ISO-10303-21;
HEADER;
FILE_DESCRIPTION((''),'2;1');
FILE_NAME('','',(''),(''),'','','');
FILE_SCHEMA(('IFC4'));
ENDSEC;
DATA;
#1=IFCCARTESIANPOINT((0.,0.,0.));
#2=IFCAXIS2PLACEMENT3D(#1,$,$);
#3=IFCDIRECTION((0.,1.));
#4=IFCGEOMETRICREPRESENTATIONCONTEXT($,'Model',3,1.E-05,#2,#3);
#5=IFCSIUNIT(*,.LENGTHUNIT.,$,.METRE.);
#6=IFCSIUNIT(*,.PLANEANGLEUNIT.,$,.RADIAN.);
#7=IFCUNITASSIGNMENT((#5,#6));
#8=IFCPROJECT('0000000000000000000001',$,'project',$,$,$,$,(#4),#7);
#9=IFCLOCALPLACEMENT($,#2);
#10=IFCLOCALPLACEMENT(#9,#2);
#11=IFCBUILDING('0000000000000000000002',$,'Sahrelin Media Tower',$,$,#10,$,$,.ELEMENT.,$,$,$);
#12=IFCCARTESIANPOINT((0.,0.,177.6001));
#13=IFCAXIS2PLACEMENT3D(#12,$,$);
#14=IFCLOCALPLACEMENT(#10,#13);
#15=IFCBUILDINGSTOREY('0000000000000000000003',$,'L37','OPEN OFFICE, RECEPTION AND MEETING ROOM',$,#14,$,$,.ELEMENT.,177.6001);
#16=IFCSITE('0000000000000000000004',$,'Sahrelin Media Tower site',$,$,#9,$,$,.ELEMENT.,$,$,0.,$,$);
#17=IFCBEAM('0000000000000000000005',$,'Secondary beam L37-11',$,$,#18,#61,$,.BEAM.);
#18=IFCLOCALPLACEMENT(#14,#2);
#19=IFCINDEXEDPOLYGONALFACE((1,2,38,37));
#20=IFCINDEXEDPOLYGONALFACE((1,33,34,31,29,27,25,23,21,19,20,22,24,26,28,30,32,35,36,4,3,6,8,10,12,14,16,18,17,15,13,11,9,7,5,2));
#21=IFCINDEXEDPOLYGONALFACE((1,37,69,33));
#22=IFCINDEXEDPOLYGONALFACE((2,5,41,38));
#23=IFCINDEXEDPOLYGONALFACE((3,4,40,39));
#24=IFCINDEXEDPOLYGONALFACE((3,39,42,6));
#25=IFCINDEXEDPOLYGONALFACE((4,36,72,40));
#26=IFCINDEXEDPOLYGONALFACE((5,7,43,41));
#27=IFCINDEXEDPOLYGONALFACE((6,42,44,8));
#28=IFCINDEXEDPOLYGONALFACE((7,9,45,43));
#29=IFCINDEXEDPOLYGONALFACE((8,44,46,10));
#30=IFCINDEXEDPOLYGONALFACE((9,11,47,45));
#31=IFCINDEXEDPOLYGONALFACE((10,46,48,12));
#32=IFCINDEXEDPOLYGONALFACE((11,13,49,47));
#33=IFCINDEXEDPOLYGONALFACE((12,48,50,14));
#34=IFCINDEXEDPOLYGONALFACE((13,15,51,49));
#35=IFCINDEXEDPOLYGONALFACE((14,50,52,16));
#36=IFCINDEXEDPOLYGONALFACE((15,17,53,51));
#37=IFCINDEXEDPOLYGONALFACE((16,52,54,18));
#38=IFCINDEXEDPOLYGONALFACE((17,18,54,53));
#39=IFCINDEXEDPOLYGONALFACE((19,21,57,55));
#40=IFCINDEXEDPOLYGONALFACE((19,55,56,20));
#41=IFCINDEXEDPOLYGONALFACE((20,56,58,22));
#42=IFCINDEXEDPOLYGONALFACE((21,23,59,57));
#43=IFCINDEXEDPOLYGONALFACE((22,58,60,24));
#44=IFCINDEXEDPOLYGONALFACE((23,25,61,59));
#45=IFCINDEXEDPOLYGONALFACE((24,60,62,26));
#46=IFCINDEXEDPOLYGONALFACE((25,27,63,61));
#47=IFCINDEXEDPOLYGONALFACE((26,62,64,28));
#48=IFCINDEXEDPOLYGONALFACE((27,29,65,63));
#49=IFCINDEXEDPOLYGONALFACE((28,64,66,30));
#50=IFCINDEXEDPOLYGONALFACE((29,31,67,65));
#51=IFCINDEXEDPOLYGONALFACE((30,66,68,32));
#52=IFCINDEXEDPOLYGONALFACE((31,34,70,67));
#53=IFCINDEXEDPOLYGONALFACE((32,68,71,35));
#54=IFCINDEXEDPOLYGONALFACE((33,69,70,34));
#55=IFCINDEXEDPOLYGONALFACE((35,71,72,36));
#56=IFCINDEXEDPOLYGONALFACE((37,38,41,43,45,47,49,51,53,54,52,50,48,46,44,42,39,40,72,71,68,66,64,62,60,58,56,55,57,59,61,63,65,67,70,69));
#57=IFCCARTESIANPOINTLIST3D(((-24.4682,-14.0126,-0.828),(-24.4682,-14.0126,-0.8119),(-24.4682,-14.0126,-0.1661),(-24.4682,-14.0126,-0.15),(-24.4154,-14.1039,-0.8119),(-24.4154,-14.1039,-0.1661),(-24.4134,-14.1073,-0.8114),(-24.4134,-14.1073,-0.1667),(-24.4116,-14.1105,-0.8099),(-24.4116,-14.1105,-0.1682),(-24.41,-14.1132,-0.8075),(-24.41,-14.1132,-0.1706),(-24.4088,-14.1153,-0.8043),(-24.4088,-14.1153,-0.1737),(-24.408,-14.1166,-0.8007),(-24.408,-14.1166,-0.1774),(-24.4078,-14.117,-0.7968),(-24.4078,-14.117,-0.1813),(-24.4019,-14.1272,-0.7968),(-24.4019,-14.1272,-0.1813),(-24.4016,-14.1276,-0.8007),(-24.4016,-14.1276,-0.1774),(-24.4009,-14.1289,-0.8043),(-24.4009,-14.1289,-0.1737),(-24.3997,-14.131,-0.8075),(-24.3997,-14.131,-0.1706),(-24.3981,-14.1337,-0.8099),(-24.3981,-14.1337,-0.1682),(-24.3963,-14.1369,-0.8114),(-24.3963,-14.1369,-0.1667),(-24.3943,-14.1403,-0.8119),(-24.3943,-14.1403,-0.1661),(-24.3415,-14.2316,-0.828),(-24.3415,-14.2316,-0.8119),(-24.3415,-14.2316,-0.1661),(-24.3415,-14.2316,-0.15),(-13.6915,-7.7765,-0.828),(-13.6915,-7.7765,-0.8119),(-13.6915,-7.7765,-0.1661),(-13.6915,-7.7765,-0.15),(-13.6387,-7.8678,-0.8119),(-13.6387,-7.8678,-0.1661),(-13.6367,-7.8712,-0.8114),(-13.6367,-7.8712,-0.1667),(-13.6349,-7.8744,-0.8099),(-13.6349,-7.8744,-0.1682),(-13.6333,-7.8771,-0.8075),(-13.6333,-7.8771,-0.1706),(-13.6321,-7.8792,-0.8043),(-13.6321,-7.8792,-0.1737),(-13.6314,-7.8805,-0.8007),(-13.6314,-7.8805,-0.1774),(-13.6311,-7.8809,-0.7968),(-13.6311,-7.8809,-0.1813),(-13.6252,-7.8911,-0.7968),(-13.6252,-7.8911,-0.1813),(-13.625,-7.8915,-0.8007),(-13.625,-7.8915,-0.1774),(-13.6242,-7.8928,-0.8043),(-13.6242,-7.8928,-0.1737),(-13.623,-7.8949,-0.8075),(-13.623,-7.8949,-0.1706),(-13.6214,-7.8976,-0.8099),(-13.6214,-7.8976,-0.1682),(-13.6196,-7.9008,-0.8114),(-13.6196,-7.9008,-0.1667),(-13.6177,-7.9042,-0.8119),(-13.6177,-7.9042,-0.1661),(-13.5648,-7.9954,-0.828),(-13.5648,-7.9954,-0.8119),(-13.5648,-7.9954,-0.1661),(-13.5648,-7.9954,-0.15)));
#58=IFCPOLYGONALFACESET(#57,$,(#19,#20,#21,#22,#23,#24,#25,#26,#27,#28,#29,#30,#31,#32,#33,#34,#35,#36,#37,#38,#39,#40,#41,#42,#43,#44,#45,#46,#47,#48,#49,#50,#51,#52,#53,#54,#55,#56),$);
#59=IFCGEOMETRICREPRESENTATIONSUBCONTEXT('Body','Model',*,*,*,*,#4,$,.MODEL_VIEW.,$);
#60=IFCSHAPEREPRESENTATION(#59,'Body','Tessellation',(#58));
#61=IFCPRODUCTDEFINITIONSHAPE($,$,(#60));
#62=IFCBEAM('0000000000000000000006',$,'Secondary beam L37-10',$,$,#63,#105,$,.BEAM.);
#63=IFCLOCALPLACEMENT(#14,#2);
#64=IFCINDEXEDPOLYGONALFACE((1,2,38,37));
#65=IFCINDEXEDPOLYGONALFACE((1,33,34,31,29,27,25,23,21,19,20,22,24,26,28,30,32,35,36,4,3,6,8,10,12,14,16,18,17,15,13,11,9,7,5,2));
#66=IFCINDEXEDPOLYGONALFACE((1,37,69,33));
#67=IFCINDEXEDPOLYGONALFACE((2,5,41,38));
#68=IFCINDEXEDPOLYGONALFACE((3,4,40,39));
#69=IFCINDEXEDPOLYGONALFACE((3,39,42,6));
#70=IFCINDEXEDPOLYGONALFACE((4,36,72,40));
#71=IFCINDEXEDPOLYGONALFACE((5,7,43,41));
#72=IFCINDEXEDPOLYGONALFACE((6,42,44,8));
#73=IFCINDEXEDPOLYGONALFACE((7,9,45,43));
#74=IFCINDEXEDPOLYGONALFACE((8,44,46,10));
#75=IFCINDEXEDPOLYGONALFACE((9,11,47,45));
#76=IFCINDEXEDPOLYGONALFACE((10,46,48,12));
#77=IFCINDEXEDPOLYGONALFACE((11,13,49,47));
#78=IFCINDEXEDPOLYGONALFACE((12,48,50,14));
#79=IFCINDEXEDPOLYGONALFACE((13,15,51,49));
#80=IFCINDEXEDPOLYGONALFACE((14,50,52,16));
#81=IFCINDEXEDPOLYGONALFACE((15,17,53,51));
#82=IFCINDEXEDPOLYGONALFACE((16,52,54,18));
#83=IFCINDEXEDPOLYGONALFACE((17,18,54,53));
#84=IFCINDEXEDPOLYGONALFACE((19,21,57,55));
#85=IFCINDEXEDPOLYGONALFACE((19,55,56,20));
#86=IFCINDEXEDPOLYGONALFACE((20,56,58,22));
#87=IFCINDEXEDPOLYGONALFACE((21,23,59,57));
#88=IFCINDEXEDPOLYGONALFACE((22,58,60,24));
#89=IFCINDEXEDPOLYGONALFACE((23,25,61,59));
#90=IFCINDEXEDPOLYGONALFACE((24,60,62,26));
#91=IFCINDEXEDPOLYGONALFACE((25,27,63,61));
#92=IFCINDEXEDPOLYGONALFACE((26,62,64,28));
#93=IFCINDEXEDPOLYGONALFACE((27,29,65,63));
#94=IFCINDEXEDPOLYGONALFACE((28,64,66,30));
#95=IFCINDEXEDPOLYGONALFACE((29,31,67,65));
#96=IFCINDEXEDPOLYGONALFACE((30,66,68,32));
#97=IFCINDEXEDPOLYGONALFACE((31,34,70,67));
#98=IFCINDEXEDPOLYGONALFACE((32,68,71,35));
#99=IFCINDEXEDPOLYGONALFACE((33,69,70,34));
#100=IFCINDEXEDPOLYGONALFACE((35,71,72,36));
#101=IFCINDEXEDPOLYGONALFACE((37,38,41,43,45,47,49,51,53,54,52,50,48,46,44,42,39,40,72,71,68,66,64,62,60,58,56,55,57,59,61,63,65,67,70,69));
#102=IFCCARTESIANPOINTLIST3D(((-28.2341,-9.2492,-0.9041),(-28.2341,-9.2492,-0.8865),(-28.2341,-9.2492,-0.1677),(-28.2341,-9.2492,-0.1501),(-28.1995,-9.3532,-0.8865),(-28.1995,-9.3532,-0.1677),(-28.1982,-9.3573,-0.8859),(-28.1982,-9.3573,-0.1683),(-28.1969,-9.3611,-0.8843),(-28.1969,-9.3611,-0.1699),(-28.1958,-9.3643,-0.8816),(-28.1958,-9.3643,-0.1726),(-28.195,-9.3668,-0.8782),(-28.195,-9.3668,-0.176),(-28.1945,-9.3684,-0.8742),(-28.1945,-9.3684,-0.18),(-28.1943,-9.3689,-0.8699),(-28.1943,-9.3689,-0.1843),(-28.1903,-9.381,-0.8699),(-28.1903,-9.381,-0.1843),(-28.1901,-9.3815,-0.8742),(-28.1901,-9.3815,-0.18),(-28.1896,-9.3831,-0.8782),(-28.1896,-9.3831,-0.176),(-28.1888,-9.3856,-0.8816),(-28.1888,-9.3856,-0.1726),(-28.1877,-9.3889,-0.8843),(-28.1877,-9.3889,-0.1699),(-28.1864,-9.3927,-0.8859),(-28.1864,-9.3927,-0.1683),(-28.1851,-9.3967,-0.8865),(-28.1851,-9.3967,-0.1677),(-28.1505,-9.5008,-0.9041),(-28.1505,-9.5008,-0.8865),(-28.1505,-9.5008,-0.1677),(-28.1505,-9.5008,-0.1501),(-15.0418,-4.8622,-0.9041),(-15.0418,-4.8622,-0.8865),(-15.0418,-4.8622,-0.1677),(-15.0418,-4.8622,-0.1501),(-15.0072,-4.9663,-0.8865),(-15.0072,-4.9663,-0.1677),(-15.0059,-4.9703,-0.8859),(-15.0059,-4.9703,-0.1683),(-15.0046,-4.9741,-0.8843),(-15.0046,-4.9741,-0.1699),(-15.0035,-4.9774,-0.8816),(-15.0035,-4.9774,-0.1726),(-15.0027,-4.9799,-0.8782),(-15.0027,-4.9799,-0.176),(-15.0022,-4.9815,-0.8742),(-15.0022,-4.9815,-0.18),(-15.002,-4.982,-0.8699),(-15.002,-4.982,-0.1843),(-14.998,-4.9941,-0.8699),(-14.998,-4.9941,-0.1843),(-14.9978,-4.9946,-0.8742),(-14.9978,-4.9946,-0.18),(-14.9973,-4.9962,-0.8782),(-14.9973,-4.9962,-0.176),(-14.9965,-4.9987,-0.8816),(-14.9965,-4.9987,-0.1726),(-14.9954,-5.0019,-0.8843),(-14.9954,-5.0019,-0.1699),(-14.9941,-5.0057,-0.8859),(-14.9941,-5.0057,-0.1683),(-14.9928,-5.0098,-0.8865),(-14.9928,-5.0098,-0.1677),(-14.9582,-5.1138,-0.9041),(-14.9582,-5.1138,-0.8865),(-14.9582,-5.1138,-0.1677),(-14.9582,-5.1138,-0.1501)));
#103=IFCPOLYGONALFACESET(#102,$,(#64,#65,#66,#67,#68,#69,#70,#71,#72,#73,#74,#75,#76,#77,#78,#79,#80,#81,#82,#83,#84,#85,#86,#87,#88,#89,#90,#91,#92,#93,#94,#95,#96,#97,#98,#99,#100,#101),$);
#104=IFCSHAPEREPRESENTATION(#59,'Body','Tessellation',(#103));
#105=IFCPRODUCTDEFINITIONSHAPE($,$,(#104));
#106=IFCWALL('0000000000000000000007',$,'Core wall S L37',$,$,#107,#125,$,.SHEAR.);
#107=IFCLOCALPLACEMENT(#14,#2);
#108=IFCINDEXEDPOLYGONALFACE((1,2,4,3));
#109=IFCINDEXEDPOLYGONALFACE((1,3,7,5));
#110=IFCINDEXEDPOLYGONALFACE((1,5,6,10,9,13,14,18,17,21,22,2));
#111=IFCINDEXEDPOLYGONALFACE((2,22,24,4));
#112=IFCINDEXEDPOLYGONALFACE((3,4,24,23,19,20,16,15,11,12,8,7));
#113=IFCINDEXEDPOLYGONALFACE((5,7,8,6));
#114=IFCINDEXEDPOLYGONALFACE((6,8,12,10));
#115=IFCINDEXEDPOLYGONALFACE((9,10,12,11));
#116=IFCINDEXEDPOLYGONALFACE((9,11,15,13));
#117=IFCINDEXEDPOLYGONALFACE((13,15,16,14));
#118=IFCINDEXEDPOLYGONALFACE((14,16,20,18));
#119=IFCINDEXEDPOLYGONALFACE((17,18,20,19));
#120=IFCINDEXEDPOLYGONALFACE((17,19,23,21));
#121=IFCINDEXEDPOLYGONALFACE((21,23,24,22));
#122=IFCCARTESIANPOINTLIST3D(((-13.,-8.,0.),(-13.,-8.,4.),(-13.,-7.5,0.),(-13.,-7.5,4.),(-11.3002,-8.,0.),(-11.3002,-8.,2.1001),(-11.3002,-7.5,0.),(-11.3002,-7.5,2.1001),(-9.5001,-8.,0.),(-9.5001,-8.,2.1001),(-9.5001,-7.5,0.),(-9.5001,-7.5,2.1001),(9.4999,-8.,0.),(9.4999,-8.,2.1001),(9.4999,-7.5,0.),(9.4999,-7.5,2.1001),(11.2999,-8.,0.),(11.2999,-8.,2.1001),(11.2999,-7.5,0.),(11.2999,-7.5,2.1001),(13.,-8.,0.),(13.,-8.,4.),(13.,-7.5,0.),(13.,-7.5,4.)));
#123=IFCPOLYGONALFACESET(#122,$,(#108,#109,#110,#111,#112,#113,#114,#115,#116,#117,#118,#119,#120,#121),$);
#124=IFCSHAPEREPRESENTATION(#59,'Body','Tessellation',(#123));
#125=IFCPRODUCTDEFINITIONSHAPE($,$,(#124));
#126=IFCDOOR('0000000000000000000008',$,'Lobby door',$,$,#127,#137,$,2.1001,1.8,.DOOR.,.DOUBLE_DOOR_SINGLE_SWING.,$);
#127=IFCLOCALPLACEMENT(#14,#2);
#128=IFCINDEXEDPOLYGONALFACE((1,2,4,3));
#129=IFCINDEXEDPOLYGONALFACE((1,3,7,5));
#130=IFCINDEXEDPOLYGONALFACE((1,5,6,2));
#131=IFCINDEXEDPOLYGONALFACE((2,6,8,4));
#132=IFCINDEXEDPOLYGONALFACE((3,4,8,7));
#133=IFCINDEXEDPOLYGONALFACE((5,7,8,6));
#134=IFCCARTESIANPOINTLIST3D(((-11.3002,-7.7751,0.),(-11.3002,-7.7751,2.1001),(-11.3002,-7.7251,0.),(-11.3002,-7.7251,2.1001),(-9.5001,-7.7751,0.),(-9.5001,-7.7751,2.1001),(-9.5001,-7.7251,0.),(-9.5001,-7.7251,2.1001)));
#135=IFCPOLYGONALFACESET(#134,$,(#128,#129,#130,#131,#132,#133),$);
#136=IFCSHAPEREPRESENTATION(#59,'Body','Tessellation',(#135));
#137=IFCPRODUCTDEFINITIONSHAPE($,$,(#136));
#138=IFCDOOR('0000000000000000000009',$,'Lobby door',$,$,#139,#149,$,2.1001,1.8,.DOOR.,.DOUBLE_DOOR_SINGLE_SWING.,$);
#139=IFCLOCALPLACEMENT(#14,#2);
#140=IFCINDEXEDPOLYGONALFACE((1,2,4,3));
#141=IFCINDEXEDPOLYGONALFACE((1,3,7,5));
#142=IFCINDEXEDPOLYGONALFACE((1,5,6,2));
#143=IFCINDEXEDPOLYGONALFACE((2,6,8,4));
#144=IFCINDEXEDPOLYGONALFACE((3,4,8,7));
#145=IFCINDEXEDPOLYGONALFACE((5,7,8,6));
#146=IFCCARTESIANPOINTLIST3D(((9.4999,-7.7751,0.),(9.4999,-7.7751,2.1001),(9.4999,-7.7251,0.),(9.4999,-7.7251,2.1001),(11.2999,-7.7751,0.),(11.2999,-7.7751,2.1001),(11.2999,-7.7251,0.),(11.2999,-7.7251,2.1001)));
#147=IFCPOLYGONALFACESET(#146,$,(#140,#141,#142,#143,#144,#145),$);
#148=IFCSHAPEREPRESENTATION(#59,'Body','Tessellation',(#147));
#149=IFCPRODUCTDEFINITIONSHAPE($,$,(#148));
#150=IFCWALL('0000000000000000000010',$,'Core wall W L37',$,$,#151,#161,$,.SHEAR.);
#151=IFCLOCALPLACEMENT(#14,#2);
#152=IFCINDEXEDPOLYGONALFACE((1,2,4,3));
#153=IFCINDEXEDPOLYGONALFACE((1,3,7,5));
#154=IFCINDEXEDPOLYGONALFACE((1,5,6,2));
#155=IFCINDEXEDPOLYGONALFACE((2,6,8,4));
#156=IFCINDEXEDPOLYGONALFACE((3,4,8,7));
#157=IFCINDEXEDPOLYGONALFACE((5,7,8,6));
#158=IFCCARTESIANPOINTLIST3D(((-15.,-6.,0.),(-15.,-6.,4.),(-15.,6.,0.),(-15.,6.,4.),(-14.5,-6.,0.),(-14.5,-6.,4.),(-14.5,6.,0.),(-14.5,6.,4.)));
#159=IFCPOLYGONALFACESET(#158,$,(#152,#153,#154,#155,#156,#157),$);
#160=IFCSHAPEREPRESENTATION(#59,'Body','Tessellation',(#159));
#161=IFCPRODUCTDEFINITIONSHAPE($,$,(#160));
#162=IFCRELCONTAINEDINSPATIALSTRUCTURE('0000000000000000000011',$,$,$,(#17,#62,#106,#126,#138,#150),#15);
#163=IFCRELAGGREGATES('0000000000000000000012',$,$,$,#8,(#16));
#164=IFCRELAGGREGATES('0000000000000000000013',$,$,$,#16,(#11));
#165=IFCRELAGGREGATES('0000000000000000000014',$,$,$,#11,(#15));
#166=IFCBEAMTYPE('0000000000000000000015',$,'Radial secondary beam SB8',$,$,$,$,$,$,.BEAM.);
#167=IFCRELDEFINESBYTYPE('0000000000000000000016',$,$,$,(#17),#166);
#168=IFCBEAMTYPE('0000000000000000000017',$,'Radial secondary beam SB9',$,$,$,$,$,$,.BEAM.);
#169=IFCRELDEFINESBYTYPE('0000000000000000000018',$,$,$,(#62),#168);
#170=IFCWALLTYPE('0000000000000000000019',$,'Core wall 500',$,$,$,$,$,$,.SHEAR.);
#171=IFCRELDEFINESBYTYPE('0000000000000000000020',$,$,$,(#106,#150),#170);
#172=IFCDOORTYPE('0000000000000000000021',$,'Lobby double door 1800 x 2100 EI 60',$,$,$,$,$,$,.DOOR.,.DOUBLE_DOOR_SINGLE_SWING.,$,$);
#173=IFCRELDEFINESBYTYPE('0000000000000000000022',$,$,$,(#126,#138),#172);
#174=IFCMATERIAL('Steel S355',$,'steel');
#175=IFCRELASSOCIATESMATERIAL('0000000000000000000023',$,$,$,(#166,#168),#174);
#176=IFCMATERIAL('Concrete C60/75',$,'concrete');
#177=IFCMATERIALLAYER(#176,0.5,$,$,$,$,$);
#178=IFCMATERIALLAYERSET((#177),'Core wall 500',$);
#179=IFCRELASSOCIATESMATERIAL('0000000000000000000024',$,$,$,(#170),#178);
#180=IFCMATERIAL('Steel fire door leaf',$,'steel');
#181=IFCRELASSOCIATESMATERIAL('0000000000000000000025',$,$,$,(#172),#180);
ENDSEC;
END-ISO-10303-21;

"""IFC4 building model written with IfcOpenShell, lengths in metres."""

from ifc_helpers import new_model, si_unit, direction, frame, frame_2d, origin, origin_2d, place, context, subcontext, project, spatial, rectangle, i_section, extrude, material, layer, layer_set, material_profile, profile_set, type_object, element, fill, save


model = new_model("IFC4")

# Units and contexts
model_context = context("Model", 3, precision=1e-05, world=origin(), true_north=direction((0.0, 1.0)))
body_context = subcontext(model_context, "Body", "Model", "MODEL_VIEW")
ifc_project = project(units=[si_unit("LENGTHUNIT", "METRE"), si_unit("PLANEANGLEUNIT", "RADIAN")], contexts=[model_context])

# Site, building, storey
site_placement = place(None, origin())
site = spatial("IfcSite", under=ifc_project, at=site_placement, Name="Sahrelin Media Tower site", CompositionType="ELEMENT", RefElevation=0.0)
building_placement = place(site_placement, origin())
building = spatial("IfcBuilding", under=site, at=building_placement, Name="Sahrelin Media Tower", CompositionType="ELEMENT")
storey_placement = place(building_placement, frame((0.0, 0.0, 177.6001)))
storey = spatial("IfcBuildingStorey", under=building, at=storey_placement, Name="L37", Description="OPEN OFFICE, RECEPTION AND MEETING ROOM", CompositionType="ELEMENT", Elevation=177.6001)

# Beams
ifc_material_1 = material(Name="Steel S355", Category="steel")
ifc_material_profile_1 = material_profile(ifc_material_1, i_section(OverallWidth=0.2529, OverallDepth=0.678, WebThickness=0.0117, FlangeThickness=0.0161, FilletRadius=0.0151, at=origin_2d()), Name="UB 686x254x125")
ifc_profile_set_1 = profile_set([ifc_material_profile_1], Name="Steel S355")
beam_type_1 = type_object("IfcBeamType", Name="Radial secondary beam SB8", PredefinedType="BEAM", material=ifc_profile_set_1)
beam_1_placement = place(storey_placement, frame((-13.6282, -7.886, -0.489), z_axis=(-0.865531, -0.500855, 0.0), x_axis=(0.500855, -0.865531, 0.0)))
element("IfcBeam", 1, at=beam_1_placement, inside=storey, type_object=beam_type_1, Name="Secondary beam L37-11", PredefinedType="BEAM", context=body_context, shape_type="SweptSolid", body=[
    extrude(i_section(OverallWidth=0.2529, OverallDepth=0.678, WebThickness=0.0117, FlangeThickness=0.0161, FilletRadius=0.0151, at=origin_2d()), origin(), (0.0, 0.0, 1.0), 12.4509),
])
ifc_material_profile_2 = material_profile(ifc_material_1, i_section(OverallWidth=0.2651, OverallDepth=0.7539, WebThickness=0.0127, FlangeThickness=0.0176, FilletRadius=0.0166, at=origin_2d()), Name="UB 762x267x147")
ifc_profile_set_2 = profile_set([ifc_material_profile_2], Name="Steel S355")
beam_type_2 = type_object("IfcBeamType", Name="Radial secondary beam SB9", PredefinedType="BEAM", material=ifc_profile_set_2)
beam_2_placement = place(storey_placement, frame((-15.0, -4.988, -0.5271), z_axis=(-0.94891, -0.315548, 0.0), x_axis=(0.315548, -0.94891, 0.0)))
element("IfcBeam", 2, at=beam_2_placement, inside=storey, type_object=beam_type_2, Name="Secondary beam L37-10", PredefinedType="BEAM", context=body_context, shape_type="SweptSolid", body=[
    extrude(i_section(OverallWidth=0.2651, OverallDepth=0.7539, WebThickness=0.0127, FlangeThickness=0.0176, FilletRadius=0.0166, at=origin_2d()), origin(), (0.0, 0.0, 1.0), 13.9026),
])

# Wall, openings, doors
ifc_material_2 = material(Name="Concrete C60/75", Category="concrete")
ifc_layer_1 = layer(ifc_material_2, 0.5)
ifc_layer_set_1 = layer_set([ifc_layer_1], Name="Core wall 500")
wall_type_1 = type_object("IfcWallType", Name="Core wall 500", PredefinedType="SHEAR", material=ifc_layer_set_1)
wall_1_placement = place(storey_placement, frame((-13.0, -7.75, 0.0), z_axis=(0.0, 0.0, 1.0), x_axis=(1.0, 0.0, 0.0)))
wall_1 = element("IfcWall", 3, at=wall_1_placement, inside=storey, type_object=wall_type_1, Name="Core wall S L37", PredefinedType="SHEAR", context=body_context, shape_type="SweptSolid", body=[
    extrude(rectangle(XDim=26.0, YDim=0.5, at=frame_2d((13.0, 0.0))), origin(), (0.0, 0.0, 1.0), 4.0),
])
opening_1_placement = place(wall_1_placement, frame((1.7, 0.0, 0.0)))
opening_1 = element("IfcOpeningElement", 4, at=opening_1_placement, cuts=wall_1, PredefinedType="OPENING", context=body_context, shape_type="SweptSolid", body=[
    extrude(rectangle(XDim=1.8, YDim=2.1001, at=frame_2d((0.8999, 1.05))), frame((0.0, 0.25, 0.0), z_axis=(0.0, -1.0, 0.0), x_axis=(1.0, 0.0, 0.0)), (0.0, 0.0, 1.0), 0.5),
])
opening_2_placement = place(wall_1_placement, frame((22.5, 0.0, 0.0)))
opening_2 = element("IfcOpeningElement", 5, at=opening_2_placement, cuts=wall_1, PredefinedType="OPENING", context=body_context, shape_type="SweptSolid", body=[
    extrude(rectangle(XDim=1.8, YDim=2.1001, at=frame_2d((0.8999, 1.05))), frame((0.0, 0.25, 0.0), z_axis=(0.0, -1.0, 0.0), x_axis=(1.0, 0.0, 0.0)), (0.0, 0.0, 1.0), 0.5),
])
ifc_material_3 = material(Name="Steel fire door leaf", Category="steel")
door_type_1 = type_object("IfcDoorType", Name="Lobby double door 1800 x 2100 EI 60", OperationType="DOUBLE_DOOR_SINGLE_SWING", PredefinedType="DOOR", material=ifc_material_3)
door_1_placement = place(opening_1_placement, origin())
door_1 = element("IfcDoor", 6, at=door_1_placement, inside=storey, type_object=door_type_1, Name="Lobby door", OperationType="DOUBLE_DOOR_SINGLE_SWING", OverallHeight=2.1001, OverallWidth=1.8, PredefinedType="DOOR", context=body_context, shape_type="SweptSolid", body=[
    extrude(rectangle(XDim=1.8, YDim=2.1001, at=frame_2d((0.8999, 1.05))), frame((0.0, 0.0249, 0.0), z_axis=(0.0, -1.0, 0.0), x_axis=(1.0, 0.0, 0.0)), (0.0, 0.0, 1.0), 0.05),
])
fill(opening_1, door_1)
door_2_placement = place(opening_2_placement, origin())
door_2 = element("IfcDoor", 7, at=door_2_placement, inside=storey, type_object=door_type_1, Name="Lobby door", OperationType="DOUBLE_DOOR_SINGLE_SWING", OverallHeight=2.1001, OverallWidth=1.8, PredefinedType="DOOR", context=body_context, shape_type="SweptSolid", body=[
    extrude(rectangle(XDim=1.8, YDim=2.1001, at=frame_2d((0.8999, 1.05))), frame((0.0, 0.0249, 0.0), z_axis=(0.0, -1.0, 0.0), x_axis=(1.0, 0.0, 0.0)), (0.0, 0.0, 1.0), 0.05),
])
fill(opening_2, door_2)

# Wall
wall_2_placement = place(storey_placement, frame((-14.75, -6.0, 0.0), z_axis=(0.0, 0.0, 1.0), x_axis=(0.0, 1.0, 0.0)))
element("IfcWall", 8, at=wall_2_placement, inside=storey, type_object=wall_type_1, Name="Core wall W L37", PredefinedType="SHEAR", context=body_context, shape_type="SweptSolid", body=[
    extrude(rectangle(XDim=12.0, YDim=0.5, at=frame_2d((6.0, 0.0))), origin(), (0.0, 0.0, 1.0), 4.0),
])

save(model, "model.ifc")
